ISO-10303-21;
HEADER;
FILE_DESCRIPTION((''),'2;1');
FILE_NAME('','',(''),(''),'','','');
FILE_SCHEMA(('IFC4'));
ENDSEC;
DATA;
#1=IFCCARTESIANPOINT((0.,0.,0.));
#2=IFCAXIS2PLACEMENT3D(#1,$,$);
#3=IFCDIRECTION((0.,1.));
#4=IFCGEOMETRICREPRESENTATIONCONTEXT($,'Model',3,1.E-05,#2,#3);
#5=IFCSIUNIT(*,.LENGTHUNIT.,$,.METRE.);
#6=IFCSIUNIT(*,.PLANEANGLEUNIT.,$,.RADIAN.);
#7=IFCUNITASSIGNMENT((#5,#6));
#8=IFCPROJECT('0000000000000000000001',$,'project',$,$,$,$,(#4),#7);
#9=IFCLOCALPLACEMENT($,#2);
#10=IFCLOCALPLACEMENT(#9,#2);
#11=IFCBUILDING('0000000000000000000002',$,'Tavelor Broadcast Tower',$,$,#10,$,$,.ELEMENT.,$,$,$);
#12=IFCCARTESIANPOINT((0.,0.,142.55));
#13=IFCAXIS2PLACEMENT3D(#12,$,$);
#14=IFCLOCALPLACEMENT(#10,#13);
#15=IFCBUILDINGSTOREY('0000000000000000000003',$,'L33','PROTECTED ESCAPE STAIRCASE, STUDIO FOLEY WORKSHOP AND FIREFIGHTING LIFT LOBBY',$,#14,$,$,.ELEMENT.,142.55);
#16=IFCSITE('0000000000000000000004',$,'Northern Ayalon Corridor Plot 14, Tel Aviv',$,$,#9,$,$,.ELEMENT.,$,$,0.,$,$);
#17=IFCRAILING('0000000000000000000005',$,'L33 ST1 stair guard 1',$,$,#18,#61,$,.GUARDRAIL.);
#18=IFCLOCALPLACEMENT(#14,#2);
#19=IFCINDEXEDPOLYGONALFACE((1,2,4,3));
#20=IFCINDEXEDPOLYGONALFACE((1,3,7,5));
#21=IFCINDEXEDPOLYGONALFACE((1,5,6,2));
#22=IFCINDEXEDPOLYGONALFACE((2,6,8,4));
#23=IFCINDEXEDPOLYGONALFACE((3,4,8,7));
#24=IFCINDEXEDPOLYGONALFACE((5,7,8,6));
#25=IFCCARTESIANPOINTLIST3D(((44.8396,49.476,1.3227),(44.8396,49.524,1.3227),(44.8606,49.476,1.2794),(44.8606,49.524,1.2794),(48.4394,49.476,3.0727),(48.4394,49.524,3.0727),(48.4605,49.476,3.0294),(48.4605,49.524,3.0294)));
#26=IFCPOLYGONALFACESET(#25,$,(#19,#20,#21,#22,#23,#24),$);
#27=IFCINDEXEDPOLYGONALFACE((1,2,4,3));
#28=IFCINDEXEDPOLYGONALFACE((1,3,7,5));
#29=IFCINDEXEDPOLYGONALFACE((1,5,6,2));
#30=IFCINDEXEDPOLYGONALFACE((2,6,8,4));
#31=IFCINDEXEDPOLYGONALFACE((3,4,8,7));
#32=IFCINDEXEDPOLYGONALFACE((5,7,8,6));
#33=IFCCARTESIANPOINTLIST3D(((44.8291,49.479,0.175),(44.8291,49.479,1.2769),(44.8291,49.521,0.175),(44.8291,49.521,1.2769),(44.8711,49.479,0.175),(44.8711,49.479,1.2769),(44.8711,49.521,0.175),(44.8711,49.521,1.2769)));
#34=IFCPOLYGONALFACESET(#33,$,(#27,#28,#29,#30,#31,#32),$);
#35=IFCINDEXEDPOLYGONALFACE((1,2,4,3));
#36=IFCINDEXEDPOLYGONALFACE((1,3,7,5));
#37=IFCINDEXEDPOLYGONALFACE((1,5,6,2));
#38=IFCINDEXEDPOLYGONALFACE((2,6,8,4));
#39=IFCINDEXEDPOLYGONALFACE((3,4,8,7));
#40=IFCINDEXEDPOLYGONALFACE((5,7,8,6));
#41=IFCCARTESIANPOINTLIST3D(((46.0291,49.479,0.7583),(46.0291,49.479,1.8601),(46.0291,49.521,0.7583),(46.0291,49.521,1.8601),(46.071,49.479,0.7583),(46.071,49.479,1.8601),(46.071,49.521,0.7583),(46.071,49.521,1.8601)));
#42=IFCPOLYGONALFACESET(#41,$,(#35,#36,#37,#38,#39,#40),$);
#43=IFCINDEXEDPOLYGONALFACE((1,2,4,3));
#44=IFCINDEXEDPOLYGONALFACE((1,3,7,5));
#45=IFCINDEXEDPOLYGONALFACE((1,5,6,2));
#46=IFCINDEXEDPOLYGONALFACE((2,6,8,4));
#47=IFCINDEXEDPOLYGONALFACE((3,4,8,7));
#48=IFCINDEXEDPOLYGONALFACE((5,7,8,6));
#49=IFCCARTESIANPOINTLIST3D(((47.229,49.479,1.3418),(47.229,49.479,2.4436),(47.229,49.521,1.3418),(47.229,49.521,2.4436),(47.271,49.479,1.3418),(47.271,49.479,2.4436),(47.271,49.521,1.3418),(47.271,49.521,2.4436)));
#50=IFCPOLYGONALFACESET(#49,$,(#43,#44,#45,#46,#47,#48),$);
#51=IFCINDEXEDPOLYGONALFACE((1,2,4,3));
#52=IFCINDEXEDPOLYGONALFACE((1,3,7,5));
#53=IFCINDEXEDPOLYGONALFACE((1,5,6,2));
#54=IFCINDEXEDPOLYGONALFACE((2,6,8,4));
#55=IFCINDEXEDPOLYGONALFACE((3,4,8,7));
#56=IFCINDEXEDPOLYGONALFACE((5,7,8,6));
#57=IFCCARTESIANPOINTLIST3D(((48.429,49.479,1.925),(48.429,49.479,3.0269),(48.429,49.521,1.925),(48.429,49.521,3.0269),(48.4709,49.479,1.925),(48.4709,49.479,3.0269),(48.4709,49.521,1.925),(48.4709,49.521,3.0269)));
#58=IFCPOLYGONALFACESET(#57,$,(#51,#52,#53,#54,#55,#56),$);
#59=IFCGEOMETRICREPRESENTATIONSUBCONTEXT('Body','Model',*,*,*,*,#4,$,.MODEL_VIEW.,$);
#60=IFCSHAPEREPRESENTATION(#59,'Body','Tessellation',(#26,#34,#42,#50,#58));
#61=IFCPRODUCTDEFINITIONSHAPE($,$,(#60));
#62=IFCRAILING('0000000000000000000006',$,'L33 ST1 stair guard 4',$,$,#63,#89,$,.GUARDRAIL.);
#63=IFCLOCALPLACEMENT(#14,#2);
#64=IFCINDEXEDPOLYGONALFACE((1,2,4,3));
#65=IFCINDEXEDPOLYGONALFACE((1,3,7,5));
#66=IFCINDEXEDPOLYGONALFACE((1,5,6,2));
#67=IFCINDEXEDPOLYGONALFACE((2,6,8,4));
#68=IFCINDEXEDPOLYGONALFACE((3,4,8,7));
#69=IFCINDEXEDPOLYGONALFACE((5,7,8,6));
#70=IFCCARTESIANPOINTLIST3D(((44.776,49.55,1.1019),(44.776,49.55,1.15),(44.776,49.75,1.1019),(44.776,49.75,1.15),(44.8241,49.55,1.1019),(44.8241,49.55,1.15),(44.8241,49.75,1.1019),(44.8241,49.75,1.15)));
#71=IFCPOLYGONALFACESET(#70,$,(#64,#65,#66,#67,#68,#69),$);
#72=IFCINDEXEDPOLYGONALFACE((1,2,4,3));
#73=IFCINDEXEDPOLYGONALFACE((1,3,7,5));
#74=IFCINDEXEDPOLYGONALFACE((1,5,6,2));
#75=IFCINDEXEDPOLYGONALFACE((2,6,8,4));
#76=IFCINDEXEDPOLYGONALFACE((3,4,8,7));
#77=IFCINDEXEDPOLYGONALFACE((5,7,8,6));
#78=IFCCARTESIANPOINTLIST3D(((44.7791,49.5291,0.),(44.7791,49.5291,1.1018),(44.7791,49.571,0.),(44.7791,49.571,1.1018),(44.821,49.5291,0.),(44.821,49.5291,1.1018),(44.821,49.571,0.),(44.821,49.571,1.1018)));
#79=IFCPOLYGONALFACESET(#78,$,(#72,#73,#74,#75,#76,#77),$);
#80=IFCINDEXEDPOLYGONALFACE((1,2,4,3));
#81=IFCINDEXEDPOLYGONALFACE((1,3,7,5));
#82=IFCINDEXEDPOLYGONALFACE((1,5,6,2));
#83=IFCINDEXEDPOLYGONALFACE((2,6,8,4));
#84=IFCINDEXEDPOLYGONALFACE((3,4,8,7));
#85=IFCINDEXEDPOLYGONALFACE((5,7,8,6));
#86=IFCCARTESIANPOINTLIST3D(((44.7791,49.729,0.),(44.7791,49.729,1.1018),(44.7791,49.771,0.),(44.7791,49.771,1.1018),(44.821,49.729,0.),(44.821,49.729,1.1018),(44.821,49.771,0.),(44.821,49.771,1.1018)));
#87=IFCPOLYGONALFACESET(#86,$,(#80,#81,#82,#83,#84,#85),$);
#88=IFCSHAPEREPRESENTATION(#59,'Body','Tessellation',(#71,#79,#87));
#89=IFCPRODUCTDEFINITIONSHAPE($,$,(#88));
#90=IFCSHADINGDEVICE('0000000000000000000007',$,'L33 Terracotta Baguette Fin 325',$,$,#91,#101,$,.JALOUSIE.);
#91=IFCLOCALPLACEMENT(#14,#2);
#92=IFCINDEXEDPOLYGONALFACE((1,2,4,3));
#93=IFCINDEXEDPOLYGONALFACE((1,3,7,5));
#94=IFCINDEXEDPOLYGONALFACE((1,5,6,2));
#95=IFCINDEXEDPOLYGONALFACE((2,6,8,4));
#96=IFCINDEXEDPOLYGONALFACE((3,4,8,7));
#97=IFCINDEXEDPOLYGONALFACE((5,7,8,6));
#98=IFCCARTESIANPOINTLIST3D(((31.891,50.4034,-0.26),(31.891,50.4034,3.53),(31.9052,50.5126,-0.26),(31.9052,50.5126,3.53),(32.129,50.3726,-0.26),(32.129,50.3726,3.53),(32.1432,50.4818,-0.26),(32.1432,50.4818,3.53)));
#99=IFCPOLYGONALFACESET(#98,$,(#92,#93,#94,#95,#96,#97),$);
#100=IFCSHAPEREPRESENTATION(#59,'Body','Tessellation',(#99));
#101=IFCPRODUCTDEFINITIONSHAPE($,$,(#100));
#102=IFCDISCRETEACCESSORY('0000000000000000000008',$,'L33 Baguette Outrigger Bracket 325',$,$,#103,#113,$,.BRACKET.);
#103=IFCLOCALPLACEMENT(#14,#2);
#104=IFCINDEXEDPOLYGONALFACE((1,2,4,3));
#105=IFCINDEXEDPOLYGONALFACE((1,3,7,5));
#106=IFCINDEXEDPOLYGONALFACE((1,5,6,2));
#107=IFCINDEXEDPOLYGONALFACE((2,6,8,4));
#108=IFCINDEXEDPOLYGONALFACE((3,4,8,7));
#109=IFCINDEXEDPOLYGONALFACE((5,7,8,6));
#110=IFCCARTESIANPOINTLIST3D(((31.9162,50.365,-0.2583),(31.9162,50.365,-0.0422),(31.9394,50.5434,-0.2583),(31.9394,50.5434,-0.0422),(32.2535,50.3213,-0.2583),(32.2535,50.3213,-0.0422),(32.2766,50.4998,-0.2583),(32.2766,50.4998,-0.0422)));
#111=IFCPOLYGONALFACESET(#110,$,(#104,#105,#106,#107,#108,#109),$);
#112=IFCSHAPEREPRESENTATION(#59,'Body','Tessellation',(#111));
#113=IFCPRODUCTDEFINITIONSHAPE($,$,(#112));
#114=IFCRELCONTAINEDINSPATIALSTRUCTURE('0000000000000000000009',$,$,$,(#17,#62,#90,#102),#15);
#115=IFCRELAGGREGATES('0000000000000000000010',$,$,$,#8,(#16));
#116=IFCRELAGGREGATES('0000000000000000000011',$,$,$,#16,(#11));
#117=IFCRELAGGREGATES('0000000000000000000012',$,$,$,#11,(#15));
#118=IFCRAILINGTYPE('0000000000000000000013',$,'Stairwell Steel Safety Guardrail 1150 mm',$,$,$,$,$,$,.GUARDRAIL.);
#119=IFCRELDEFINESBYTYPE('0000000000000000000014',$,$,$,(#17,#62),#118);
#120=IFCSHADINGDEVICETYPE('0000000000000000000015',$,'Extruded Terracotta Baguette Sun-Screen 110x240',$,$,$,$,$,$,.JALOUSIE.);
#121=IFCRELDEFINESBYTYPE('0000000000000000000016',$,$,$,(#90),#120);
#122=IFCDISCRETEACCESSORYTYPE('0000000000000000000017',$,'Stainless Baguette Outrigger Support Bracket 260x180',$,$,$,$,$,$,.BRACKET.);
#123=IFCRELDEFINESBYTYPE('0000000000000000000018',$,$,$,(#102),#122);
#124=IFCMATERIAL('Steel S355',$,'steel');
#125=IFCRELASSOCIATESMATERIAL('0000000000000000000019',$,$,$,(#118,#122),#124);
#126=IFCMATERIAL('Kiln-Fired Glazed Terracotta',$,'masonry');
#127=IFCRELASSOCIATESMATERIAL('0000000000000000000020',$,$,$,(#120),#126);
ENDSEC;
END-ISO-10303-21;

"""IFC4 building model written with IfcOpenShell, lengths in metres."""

from ifc_helpers import new_model, si_unit, direction, frame, origin, origin_2d, place, context, subcontext, project, spatial, rectangle, extrude, source, transform, mapped, material, type_object, type_shapes, element, save


model = new_model("IFC4")

# Units and contexts
model_context = context("Model", 3, precision=1e-05, world=origin(), true_north=direction((0.0, 1.0)))
body_context = subcontext(model_context, "Body", "Model", "MODEL_VIEW")
ifc_project = project(units=[si_unit("LENGTHUNIT", "METRE"), si_unit("PLANEANGLEUNIT", "RADIAN")], contexts=[model_context])

# Site, building, storey
site_placement = place(None, origin())
site = spatial("IfcSite", under=ifc_project, at=site_placement, Name="Northern Ayalon Corridor Plot 14, Tel Aviv", CompositionType="ELEMENT", RefElevation=0.0)
building_placement = place(site_placement, origin())
building = spatial("IfcBuilding", under=site, at=building_placement, Name="Tavelor Broadcast Tower", CompositionType="ELEMENT")
storey_placement = place(building_placement, frame((0.0, 0.0, 142.55)))
storey = spatial("IfcBuildingStorey", under=building, at=storey_placement, Name="L33", Description="PROTECTED ESCAPE STAIRCASE, STUDIO FOLEY WORKSHOP AND FIREFIGHTING LIFT LOBBY", CompositionType="ELEMENT", Elevation=142.55)

# Shared definitions
ifc_material_1 = material(Name="Steel S355", Category="steel")

# Railings
railing_type_1 = type_object("IfcRailingType", Name="Stairwell Steel Safety Guardrail 1150 mm", PredefinedType="GUARDRAIL", material=ifc_material_1)
railing_1_placement = place(storey_placement, frame((44.8501, 49.5, 0.175)))
element("IfcRailing", 1, at=railing_1_placement, inside=storey, type_object=railing_type_1, Name="L33 ST1 stair guard 1", PredefinedType="GUARDRAIL", context=body_context, shape_type="SweptSolid", body=[
    extrude(rectangle(XDim=0.0481, YDim=0.0481, at=origin_2d()), frame((0.0, 0.0, 1.126), z_axis=(0.899361, 0.0, 0.437207), x_axis=(0.0, 1.0, 0.0)), (0.0, 0.0, 1.0), 4.0027),
    extrude(rectangle(XDim=0.042, YDim=0.042, at=origin_2d()), origin(), (0.0, 0.0, 1.0), 1.1018),
    extrude(rectangle(XDim=0.042, YDim=0.042, at=origin_2d()), frame((1.2, 0.0, 0.5833)), (0.0, 0.0, 1.0), 1.1018),
    extrude(rectangle(XDim=0.042, YDim=0.042, at=origin_2d()), frame((2.3999, 0.0, 1.1667)), (0.0, 0.0, 1.0), 1.1018),
    extrude(rectangle(XDim=0.042, YDim=0.042, at=origin_2d()), frame((3.5999, 0.0, 1.75)), (0.0, 0.0, 1.0), 1.1018),
])
railing_2_placement = place(storey_placement, frame((44.8, 49.55, 0.0)))
element("IfcRailing", 2, at=railing_2_placement, inside=storey, type_object=railing_type_1, Name="L33 ST1 stair guard 4", PredefinedType="GUARDRAIL", context=body_context, shape_type="SweptSolid", body=[
    extrude(rectangle(XDim=0.0481, YDim=0.0481, at=origin_2d()), frame((0.0, 0.0, 1.126), z_axis=(0.0, 1.0, 0.0), x_axis=(-1.0, 0.0, 0.0)), (0.0, 0.0, 1.0), 0.2),
    extrude(rectangle(XDim=0.042, YDim=0.042, at=origin_2d()), origin(), (0.0, 0.0, 1.0), 1.1018),
    extrude(rectangle(XDim=0.042, YDim=0.042, at=origin_2d()), frame((0.0, 0.2, 0.0)), (0.0, 0.0, 1.0), 1.1018),
])

# Shading device
ifc_material_2 = material(Name="Kiln-Fired Glazed Terracotta", Category="masonry")
shading_device_type = type_object("IfcShadingDeviceType", Name="Extruded Terracotta Baguette Sun-Screen 110x240", PredefinedType="JALOUSIE", material=ifc_material_2)
shared_shape_1 = source(origin(), body_context, "Body", "SweptSolid", [
    extrude(rectangle(XDim=0.1101, YDim=0.24, at=origin_2d()), origin(), (0.0, 0.0, 1.0), 3.79),
])
type_shapes(shading_device_type, [shared_shape_1])
shading_device_placement = place(storey_placement, frame((32.0171, 50.4426, -0.26), z_axis=(0.0, 0.0, 1.0), x_axis=(-0.128449, -0.991716, 0.0)))
element("IfcShadingDevice", 3, at=shading_device_placement, inside=storey, type_object=shading_device_type, Name="L33 Terracotta Baguette Fin 325", PredefinedType="JALOUSIE", context=body_context, shape_type="MappedRepresentation", body=[
    mapped(shared_shape_1, transform((0.0, 0.0, 0.0), scale=1.0)),
])

# Discrete accessory
discrete_accessory_type = type_object("IfcDiscreteAccessoryType", Name="Stainless Baguette Outrigger Support Bracket 260x180", PredefinedType="BRACKET", material=ifc_material_1)
shared_shape_2 = source(origin(), body_context, "Body", "SweptSolid", [
    extrude(rectangle(XDim=0.1799, YDim=0.3401, at=origin_2d()), origin(), (0.0, 0.0, 1.0), 0.2161),
])
type_shapes(discrete_accessory_type, [shared_shape_2])
discrete_accessory_placement = place(storey_placement, frame((32.0964, 50.4324, -0.2583), z_axis=(0.0, 0.0, 1.0), x_axis=(-0.128449, -0.991716, 0.0)))
element("IfcDiscreteAccessory", 4, at=discrete_accessory_placement, inside=storey, type_object=discrete_accessory_type, Name="L33 Baguette Outrigger Bracket 325", PredefinedType="BRACKET", context=body_context, shape_type="MappedRepresentation", body=[
    mapped(shared_shape_2, transform((0.0, 0.0, 0.0), scale=1.0)),
])

save(model, "model.ifc")
